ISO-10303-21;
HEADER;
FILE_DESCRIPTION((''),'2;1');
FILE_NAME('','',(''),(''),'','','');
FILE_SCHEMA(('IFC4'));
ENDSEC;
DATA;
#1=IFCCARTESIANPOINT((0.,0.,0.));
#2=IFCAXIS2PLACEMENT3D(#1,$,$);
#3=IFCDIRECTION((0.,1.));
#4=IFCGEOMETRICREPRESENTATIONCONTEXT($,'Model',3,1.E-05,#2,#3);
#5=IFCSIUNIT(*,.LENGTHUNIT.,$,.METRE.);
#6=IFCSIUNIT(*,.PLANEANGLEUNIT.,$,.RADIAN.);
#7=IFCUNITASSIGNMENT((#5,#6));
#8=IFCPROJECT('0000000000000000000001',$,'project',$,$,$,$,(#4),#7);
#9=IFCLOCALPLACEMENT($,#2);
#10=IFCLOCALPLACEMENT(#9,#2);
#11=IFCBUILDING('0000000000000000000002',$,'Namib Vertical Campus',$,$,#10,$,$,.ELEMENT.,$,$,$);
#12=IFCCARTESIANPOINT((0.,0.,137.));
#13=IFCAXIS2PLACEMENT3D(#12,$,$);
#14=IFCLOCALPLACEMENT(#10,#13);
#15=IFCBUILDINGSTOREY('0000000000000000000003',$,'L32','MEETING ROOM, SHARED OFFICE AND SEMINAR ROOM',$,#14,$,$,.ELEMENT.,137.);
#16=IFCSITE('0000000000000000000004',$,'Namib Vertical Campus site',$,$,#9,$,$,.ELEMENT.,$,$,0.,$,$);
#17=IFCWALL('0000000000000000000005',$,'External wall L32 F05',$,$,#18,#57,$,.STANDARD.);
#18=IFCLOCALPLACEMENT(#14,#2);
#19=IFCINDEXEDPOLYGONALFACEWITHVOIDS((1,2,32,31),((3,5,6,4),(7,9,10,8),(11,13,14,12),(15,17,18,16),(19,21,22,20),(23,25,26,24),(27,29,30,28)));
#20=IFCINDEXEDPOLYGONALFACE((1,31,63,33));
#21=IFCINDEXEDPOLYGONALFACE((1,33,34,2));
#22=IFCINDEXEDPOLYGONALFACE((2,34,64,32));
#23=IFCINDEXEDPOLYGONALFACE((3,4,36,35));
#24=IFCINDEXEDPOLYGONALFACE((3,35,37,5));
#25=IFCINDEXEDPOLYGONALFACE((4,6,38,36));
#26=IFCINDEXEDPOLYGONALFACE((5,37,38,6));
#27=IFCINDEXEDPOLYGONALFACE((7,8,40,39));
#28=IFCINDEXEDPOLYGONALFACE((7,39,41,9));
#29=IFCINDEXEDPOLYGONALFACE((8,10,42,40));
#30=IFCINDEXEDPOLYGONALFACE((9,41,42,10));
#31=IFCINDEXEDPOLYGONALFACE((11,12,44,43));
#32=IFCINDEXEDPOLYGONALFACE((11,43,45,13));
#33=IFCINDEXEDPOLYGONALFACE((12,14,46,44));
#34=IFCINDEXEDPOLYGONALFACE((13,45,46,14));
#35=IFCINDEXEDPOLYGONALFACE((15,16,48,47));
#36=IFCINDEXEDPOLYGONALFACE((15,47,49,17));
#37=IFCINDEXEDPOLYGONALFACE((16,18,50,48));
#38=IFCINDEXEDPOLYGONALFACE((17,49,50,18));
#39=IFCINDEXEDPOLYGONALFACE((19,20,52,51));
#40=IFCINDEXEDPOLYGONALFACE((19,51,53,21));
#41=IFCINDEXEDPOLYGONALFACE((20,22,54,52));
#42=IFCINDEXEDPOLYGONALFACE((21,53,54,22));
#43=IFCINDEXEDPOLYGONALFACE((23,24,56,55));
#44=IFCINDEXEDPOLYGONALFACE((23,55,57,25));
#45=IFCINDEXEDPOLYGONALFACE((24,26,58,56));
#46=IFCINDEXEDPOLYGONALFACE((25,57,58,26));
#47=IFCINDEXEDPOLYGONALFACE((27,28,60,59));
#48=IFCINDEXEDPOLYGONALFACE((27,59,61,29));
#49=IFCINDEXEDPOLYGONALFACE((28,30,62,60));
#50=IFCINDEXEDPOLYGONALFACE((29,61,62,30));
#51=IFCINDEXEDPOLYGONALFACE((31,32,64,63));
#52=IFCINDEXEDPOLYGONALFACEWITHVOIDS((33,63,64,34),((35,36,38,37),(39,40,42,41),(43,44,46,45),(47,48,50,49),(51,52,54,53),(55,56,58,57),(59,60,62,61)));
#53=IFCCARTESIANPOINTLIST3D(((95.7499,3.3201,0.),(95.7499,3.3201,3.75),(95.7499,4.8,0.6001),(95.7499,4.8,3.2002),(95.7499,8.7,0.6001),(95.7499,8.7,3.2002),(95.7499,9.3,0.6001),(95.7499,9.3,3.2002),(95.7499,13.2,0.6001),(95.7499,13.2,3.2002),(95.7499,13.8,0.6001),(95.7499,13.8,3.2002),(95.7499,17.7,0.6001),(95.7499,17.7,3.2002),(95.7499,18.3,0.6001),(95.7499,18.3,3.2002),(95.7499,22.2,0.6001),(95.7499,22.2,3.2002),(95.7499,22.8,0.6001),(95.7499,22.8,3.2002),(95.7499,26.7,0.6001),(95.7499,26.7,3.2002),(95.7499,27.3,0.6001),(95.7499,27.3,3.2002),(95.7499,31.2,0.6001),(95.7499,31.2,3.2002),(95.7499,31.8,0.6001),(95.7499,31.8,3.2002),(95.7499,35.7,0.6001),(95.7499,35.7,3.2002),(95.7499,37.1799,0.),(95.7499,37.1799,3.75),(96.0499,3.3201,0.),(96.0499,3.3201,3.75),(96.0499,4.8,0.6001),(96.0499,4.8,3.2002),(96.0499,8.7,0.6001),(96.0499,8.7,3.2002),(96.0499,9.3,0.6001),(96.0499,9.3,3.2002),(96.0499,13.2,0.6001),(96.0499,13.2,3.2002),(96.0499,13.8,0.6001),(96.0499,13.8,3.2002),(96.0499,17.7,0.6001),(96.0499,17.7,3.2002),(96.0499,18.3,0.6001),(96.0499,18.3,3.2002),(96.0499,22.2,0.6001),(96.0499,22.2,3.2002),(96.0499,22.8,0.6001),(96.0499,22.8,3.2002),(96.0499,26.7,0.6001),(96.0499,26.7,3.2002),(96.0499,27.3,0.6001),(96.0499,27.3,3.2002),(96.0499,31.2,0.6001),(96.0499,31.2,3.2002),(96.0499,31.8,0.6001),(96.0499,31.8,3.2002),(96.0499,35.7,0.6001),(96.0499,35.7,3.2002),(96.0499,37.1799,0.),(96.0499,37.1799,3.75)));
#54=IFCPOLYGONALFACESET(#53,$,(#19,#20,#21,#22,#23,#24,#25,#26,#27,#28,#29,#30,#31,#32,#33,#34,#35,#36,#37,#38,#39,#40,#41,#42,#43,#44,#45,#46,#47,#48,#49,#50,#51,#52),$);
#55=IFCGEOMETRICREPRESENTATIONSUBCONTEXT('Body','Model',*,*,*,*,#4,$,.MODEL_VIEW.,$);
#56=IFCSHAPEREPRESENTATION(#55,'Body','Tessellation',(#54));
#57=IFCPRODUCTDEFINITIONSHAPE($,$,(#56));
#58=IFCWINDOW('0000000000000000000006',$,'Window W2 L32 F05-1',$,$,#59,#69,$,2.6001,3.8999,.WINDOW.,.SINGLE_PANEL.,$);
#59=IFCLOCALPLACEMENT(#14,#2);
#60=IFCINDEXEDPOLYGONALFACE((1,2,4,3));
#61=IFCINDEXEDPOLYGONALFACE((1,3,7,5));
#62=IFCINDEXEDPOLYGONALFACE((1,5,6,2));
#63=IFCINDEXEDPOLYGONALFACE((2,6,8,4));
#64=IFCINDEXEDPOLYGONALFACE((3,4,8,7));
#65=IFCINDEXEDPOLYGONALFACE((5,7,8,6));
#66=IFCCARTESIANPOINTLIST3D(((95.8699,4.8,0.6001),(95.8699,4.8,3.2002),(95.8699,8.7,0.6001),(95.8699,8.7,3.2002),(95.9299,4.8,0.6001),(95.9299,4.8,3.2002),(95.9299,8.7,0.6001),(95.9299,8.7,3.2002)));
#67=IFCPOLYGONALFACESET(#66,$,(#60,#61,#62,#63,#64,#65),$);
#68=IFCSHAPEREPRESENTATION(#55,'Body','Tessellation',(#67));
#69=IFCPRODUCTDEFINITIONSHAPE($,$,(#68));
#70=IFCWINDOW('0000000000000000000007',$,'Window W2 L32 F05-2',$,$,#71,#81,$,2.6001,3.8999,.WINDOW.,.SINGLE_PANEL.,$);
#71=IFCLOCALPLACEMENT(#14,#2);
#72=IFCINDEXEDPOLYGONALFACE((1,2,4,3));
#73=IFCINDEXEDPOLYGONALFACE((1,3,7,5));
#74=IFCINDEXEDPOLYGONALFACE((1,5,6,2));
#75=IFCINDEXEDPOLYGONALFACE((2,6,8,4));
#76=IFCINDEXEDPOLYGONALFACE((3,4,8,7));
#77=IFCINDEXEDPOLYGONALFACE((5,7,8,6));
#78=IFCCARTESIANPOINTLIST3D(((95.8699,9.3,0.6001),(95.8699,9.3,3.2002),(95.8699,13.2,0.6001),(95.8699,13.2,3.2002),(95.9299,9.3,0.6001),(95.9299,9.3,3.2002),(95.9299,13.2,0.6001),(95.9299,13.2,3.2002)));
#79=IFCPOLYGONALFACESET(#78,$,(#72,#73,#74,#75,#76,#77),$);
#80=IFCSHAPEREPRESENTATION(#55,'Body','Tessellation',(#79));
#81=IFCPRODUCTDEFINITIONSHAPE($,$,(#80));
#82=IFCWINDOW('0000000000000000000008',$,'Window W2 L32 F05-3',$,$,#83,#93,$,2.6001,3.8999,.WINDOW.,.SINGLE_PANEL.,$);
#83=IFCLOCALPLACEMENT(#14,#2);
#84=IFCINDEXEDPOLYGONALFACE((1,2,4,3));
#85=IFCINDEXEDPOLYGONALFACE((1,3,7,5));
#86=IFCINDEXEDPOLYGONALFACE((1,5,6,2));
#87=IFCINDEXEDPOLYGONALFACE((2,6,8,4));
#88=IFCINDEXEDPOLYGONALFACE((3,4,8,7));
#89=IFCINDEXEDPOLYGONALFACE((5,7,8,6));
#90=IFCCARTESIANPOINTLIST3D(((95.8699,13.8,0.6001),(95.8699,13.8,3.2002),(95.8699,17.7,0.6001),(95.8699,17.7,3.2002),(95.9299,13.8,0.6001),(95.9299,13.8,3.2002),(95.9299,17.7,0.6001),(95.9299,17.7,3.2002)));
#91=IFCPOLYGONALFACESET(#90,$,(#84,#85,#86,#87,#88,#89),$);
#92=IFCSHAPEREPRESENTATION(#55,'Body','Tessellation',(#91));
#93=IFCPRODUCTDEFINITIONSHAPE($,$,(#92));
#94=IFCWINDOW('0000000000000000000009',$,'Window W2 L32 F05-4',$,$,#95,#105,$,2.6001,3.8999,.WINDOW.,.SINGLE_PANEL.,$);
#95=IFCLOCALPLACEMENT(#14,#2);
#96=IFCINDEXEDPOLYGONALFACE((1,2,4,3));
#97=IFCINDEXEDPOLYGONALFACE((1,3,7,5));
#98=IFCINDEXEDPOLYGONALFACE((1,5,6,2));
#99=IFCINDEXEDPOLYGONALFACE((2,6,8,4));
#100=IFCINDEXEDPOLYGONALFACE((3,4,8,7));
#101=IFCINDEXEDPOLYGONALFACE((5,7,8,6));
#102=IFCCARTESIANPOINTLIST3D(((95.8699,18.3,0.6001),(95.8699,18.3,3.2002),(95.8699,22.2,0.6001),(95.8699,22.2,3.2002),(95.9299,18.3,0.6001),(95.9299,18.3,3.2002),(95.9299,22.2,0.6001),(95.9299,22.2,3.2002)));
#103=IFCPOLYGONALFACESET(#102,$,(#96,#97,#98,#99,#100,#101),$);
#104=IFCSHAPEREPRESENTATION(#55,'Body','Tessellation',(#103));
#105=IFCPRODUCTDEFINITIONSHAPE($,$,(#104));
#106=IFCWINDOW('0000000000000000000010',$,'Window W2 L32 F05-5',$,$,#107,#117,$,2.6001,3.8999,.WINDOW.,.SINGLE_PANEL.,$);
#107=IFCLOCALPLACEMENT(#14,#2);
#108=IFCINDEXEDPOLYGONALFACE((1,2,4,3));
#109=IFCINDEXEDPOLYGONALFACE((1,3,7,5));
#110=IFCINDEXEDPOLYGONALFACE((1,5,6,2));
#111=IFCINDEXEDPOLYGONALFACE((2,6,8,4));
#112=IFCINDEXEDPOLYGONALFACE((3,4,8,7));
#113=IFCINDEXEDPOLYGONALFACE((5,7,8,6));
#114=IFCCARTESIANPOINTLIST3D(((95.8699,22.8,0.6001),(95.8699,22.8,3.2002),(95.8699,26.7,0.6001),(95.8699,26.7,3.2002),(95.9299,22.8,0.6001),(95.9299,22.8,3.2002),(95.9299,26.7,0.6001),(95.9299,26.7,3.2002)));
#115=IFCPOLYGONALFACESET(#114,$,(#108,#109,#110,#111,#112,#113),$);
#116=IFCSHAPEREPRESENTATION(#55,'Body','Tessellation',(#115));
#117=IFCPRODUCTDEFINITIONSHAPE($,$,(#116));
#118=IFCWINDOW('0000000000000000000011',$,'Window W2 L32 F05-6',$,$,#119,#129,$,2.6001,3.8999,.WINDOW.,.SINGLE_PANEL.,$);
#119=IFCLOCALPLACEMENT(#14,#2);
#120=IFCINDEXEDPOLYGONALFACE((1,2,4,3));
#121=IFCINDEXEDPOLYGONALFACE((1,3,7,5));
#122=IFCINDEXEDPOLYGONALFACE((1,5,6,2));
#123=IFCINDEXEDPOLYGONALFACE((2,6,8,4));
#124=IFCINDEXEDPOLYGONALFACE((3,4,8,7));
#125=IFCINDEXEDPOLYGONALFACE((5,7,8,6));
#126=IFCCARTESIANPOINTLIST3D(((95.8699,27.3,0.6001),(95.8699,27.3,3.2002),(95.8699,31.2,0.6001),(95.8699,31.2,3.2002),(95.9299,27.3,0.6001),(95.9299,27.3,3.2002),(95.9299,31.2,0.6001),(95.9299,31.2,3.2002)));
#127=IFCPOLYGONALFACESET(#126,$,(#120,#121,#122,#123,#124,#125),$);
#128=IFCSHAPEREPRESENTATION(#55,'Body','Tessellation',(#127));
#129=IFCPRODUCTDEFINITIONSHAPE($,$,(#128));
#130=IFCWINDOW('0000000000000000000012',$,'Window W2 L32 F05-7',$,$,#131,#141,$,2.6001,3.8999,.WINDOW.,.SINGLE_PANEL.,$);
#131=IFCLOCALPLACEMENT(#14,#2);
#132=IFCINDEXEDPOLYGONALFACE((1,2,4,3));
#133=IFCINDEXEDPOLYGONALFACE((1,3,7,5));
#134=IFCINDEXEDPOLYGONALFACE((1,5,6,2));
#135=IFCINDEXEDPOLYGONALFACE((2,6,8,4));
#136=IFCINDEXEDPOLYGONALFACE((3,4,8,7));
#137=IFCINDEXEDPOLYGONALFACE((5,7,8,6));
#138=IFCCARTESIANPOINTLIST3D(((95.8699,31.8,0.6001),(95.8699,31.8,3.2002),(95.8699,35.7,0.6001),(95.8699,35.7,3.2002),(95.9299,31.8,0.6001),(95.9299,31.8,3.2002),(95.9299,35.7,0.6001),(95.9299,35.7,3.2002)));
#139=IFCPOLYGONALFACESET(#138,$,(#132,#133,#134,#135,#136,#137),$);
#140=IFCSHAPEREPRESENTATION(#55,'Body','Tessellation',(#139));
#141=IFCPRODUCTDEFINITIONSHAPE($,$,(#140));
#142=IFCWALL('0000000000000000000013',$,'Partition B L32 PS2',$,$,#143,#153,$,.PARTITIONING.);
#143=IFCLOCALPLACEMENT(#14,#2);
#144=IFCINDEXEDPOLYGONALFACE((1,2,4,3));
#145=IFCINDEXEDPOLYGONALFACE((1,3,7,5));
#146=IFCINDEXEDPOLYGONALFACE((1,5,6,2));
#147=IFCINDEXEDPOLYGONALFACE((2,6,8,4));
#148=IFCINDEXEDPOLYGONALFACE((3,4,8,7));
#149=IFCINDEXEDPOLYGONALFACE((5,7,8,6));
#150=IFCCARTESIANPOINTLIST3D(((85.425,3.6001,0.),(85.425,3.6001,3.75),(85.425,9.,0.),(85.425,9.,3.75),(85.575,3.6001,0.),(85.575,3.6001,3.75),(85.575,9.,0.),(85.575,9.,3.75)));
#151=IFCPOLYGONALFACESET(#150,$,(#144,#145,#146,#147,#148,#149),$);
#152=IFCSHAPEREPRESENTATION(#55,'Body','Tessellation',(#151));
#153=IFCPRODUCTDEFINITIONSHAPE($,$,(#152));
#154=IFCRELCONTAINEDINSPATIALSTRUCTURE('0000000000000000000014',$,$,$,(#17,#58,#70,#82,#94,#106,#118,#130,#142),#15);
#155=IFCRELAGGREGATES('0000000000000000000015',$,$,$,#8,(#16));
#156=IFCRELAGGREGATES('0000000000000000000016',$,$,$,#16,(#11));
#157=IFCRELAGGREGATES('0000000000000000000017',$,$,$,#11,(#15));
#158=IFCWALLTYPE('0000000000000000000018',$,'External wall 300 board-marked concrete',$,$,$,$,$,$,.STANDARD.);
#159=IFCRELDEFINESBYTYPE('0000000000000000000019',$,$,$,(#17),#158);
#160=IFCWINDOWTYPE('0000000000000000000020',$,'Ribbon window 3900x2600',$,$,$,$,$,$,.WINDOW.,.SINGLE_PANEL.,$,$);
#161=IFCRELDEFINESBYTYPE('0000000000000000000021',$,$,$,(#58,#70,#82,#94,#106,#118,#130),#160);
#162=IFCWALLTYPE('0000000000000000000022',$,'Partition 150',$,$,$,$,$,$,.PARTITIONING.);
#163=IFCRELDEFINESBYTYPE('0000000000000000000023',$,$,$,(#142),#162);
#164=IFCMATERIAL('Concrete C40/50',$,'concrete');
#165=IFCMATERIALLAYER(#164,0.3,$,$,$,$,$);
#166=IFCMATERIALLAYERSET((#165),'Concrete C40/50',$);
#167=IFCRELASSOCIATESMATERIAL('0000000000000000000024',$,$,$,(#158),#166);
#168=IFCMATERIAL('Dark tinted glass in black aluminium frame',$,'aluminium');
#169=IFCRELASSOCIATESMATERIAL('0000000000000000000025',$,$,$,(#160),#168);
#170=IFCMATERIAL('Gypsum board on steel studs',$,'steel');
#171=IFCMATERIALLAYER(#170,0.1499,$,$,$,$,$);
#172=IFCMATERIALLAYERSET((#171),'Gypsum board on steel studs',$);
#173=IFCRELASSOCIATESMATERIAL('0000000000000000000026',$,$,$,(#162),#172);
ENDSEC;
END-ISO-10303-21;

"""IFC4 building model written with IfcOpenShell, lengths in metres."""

from ifc_helpers import new_model, si_unit, direction, frame, frame_2d, origin, place, context, subcontext, project, spatial, rectangle, extrude, material, layer, layer_set, type_object, element, fill, save


model = new_model("IFC4")

# Units and contexts
model_context = context("Model", 3, precision=1e-05, world=origin(), true_north=direction((0.0, 1.0)))
body_context = subcontext(model_context, "Body", "Model", "MODEL_VIEW")
ifc_project = project(units=[si_unit("LENGTHUNIT", "METRE"), si_unit("PLANEANGLEUNIT", "RADIAN")], contexts=[model_context])

# Site, building, storey
site_placement = place(None, origin())
site = spatial("IfcSite", under=ifc_project, at=site_placement, Name="Namib Vertical Campus site", CompositionType="ELEMENT", RefElevation=0.0)
building_placement = place(site_placement, origin())
building = spatial("IfcBuilding", under=site, at=building_placement, Name="Namib Vertical Campus", CompositionType="ELEMENT")
storey_placement = place(building_placement, frame((0.0, 0.0, 137.0)))
storey = spatial("IfcBuildingStorey", under=building, at=storey_placement, Name="L32", Description="MEETING ROOM, SHARED OFFICE AND SEMINAR ROOM", CompositionType="ELEMENT", Elevation=137.0)

# Wall, openings, windows
ifc_material_1 = material(Name="Concrete C40/50", Category="concrete")
ifc_layer_1 = layer(ifc_material_1, 0.3)
ifc_layer_set_1 = layer_set([ifc_layer_1], Name="Concrete C40/50")
wall_type_1 = type_object("IfcWallType", Name="External wall 300 board-marked concrete", PredefinedType="STANDARD", material=ifc_layer_set_1)
wall_1_placement = place(storey_placement, frame((95.8999, 3.3201, 0.0), z_axis=(0.0, 0.0, 1.0), x_axis=(0.0, 1.0, 0.0)))
wall_1 = element("IfcWall", 1, at=wall_1_placement, inside=storey, type_object=wall_type_1, Name="External wall L32 F05", PredefinedType="STANDARD", context=body_context, shape_type="SweptSolid", body=[
    extrude(rectangle(XDim=33.8599, YDim=0.3, at=frame_2d((16.9299, 0.0))), origin(), (0.0, 0.0, 1.0), 3.75),
])
opening_1_placement = place(wall_1_placement, frame((1.48, 0.0, 0.6001)))
opening_1 = element("IfcOpeningElement", 2, at=opening_1_placement, cuts=wall_1, PredefinedType="OPENING", context=body_context, shape_type="SweptSolid", body=[
    extrude(rectangle(XDim=3.8999, YDim=2.6001, at=frame_2d((1.95, 1.3))), frame((0.0, 0.1599, 0.0), z_axis=(0.0, -1.0, 0.0), x_axis=(1.0, 0.0, 0.0)), (0.0, 0.0, 1.0), 0.3201),
])
opening_2_placement = place(wall_1_placement, frame((5.98, 0.0, 0.6001)))
opening_2 = element("IfcOpeningElement", 3, at=opening_2_placement, cuts=wall_1, PredefinedType="OPENING", context=body_context, shape_type="SweptSolid", body=[
    extrude(rectangle(XDim=3.8999, YDim=2.6001, at=frame_2d((1.95, 1.3))), frame((0.0, 0.1599, 0.0), z_axis=(0.0, -1.0, 0.0), x_axis=(1.0, 0.0, 0.0)), (0.0, 0.0, 1.0), 0.3201),
])
opening_3_placement = place(wall_1_placement, frame((10.48, 0.0, 0.6001)))
opening_3 = element("IfcOpeningElement", 4, at=opening_3_placement, cuts=wall_1, PredefinedType="OPENING", context=body_context, shape_type="SweptSolid", body=[
    extrude(rectangle(XDim=3.8999, YDim=2.6001, at=frame_2d((1.95, 1.3))), frame((0.0, 0.1599, 0.0), z_axis=(0.0, -1.0, 0.0), x_axis=(1.0, 0.0, 0.0)), (0.0, 0.0, 1.0), 0.3201),
])
opening_4_placement = place(wall_1_placement, frame((14.98, 0.0, 0.6001)))
opening_4 = element("IfcOpeningElement", 5, at=opening_4_placement, cuts=wall_1, PredefinedType="OPENING", context=body_context, shape_type="SweptSolid", body=[
    extrude(rectangle(XDim=3.8999, YDim=2.6001, at=frame_2d((1.95, 1.3))), frame((0.0, 0.1599, 0.0), z_axis=(0.0, -1.0, 0.0), x_axis=(1.0, 0.0, 0.0)), (0.0, 0.0, 1.0), 0.3201),
])
opening_5_placement = place(wall_1_placement, frame((19.48, 0.0, 0.6001)))
opening_5 = element("IfcOpeningElement", 6, at=opening_5_placement, cuts=wall_1, PredefinedType="OPENING", context=body_context, shape_type="SweptSolid", body=[
    extrude(rectangle(XDim=3.8999, YDim=2.6001, at=frame_2d((1.95, 1.3))), frame((0.0, 0.1599, 0.0), z_axis=(0.0, -1.0, 0.0), x_axis=(1.0, 0.0, 0.0)), (0.0, 0.0, 1.0), 0.3201),
])
opening_6_placement = place(wall_1_placement, frame((23.98, 0.0, 0.6001)))
opening_6 = element("IfcOpeningElement", 7, at=opening_6_placement, cuts=wall_1, PredefinedType="OPENING", context=body_context, shape_type="SweptSolid", body=[
    extrude(rectangle(XDim=3.8999, YDim=2.6001, at=frame_2d((1.95, 1.3))), frame((0.0, 0.1599, 0.0), z_axis=(0.0, -1.0, 0.0), x_axis=(1.0, 0.0, 0.0)), (0.0, 0.0, 1.0), 0.3201),
])
opening_7_placement = place(wall_1_placement, frame((28.48, 0.0, 0.6001)))
opening_7 = element("IfcOpeningElement", 8, at=opening_7_placement, cuts=wall_1, PredefinedType="OPENING", context=body_context, shape_type="SweptSolid", body=[
    extrude(rectangle(XDim=3.8999, YDim=2.6001, at=frame_2d((1.95, 1.3))), frame((0.0, 0.1599, 0.0), z_axis=(0.0, -1.0, 0.0), x_axis=(1.0, 0.0, 0.0)), (0.0, 0.0, 1.0), 0.3201),
])
ifc_material_2 = material(Name="Dark tinted glass in black aluminium frame", Category="aluminium")
window_type = type_object("IfcWindowType", Name="Ribbon window 3900x2600", PartitioningType="SINGLE_PANEL", PredefinedType="WINDOW", material=ifc_material_2)
window_1_placement = place(opening_1_placement, origin())
window_1 = element("IfcWindow", 9, at=window_1_placement, inside=storey, type_object=window_type, Name="Window W2 L32 F05-1", OverallHeight=2.6001, OverallWidth=3.8999, PartitioningType="SINGLE_PANEL", PredefinedType="WINDOW", context=body_context, shape_type="SweptSolid", body=[
    extrude(rectangle(XDim=3.8999, YDim=2.6001, at=frame_2d((1.95, 1.3))), frame((0.0, 0.03, 0.0), z_axis=(0.0, -1.0, 0.0), x_axis=(1.0, 0.0, 0.0)), (0.0, 0.0, 1.0), 0.0601),
])
fill(opening_1, window_1)
window_2_placement = place(opening_2_placement, origin())
window_2 = element("IfcWindow", 10, at=window_2_placement, inside=storey, type_object=window_type, Name="Window W2 L32 F05-2", OverallHeight=2.6001, OverallWidth=3.8999, PartitioningType="SINGLE_PANEL", PredefinedType="WINDOW", context=body_context, shape_type="SweptSolid", body=[
    extrude(rectangle(XDim=3.8999, YDim=2.6001, at=frame_2d((1.95, 1.3))), frame((0.0, 0.03, 0.0), z_axis=(0.0, -1.0, 0.0), x_axis=(1.0, 0.0, 0.0)), (0.0, 0.0, 1.0), 0.0601),
])
fill(opening_2, window_2)
window_3_placement = place(opening_3_placement, origin())
window_3 = element("IfcWindow", 11, at=window_3_placement, inside=storey, type_object=window_type, Name="Window W2 L32 F05-3", OverallHeight=2.6001, OverallWidth=3.8999, PartitioningType="SINGLE_PANEL", PredefinedType="WINDOW", context=body_context, shape_type="SweptSolid", body=[
    extrude(rectangle(XDim=3.8999, YDim=2.6001, at=frame_2d((1.95, 1.3))), frame((0.0, 0.03, 0.0), z_axis=(0.0, -1.0, 0.0), x_axis=(1.0, 0.0, 0.0)), (0.0, 0.0, 1.0), 0.0601),
])
fill(opening_3, window_3)
window_4_placement = place(opening_4_placement, origin())
window_4 = element("IfcWindow", 12, at=window_4_placement, inside=storey, type_object=window_type, Name="Window W2 L32 F05-4", OverallHeight=2.6001, OverallWidth=3.8999, PartitioningType="SINGLE_PANEL", PredefinedType="WINDOW", context=body_context, shape_type="SweptSolid", body=[
    extrude(rectangle(XDim=3.8999, YDim=2.6001, at=frame_2d((1.95, 1.3))), frame((0.0, 0.03, 0.0), z_axis=(0.0, -1.0, 0.0), x_axis=(1.0, 0.0, 0.0)), (0.0, 0.0, 1.0), 0.0601),
])
fill(opening_4, window_4)
window_5_placement = place(opening_5_placement, origin())
window_5 = element("IfcWindow", 13, at=window_5_placement, inside=storey, type_object=window_type, Name="Window W2 L32 F05-5", OverallHeight=2.6001, OverallWidth=3.8999, PartitioningType="SINGLE_PANEL", PredefinedType="WINDOW", context=body_context, shape_type="SweptSolid", body=[
    extrude(rectangle(XDim=3.8999, YDim=2.6001, at=frame_2d((1.95, 1.3))), frame((0.0, 0.03, 0.0), z_axis=(0.0, -1.0, 0.0), x_axis=(1.0, 0.0, 0.0)), (0.0, 0.0, 1.0), 0.0601),
])
fill(opening_5, window_5)
window_6_placement = place(opening_6_placement, origin())
window_6 = element("IfcWindow", 14, at=window_6_placement, inside=storey, type_object=window_type, Name="Window W2 L32 F05-6", OverallHeight=2.6001, OverallWidth=3.8999, PartitioningType="SINGLE_PANEL", PredefinedType="WINDOW", context=body_context, shape_type="SweptSolid", body=[
    extrude(rectangle(XDim=3.8999, YDim=2.6001, at=frame_2d((1.95, 1.3))), frame((0.0, 0.03, 0.0), z_axis=(0.0, -1.0, 0.0), x_axis=(1.0, 0.0, 0.0)), (0.0, 0.0, 1.0), 0.0601),
])
fill(opening_6, window_6)
window_7_placement = place(opening_7_placement, origin())
window_7 = element("IfcWindow", 15, at=window_7_placement, inside=storey, type_object=window_type, Name="Window W2 L32 F05-7", OverallHeight=2.6001, OverallWidth=3.8999, PartitioningType="SINGLE_PANEL", PredefinedType="WINDOW", context=body_context, shape_type="SweptSolid", body=[
    extrude(rectangle(XDim=3.8999, YDim=2.6001, at=frame_2d((1.95, 1.3))), frame((0.0, 0.03, 0.0), z_axis=(0.0, -1.0, 0.0), x_axis=(1.0, 0.0, 0.0)), (0.0, 0.0, 1.0), 0.0601),
])
fill(opening_7, window_7)

# Wall
ifc_material_3 = material(Name="Gypsum board on steel studs", Category="steel")
ifc_layer_2 = layer(ifc_material_3, 0.1499)
ifc_layer_set_2 = layer_set([ifc_layer_2], Name="Gypsum board on steel studs")
wall_type_2 = type_object("IfcWallType", Name="Partition 150", PredefinedType="PARTITIONING", material=ifc_layer_set_2)
wall_2_placement = place(storey_placement, frame((85.5, 3.6001, 0.0), z_axis=(0.0, 0.0, 1.0), x_axis=(0.0, 1.0, 0.0)))
element("IfcWall", 16, at=wall_2_placement, inside=storey, type_object=wall_type_2, Name="Partition B L32 PS2", PredefinedType="PARTITIONING", context=body_context, shape_type="SweptSolid", body=[
    extrude(rectangle(XDim=5.3999, YDim=0.1499, at=frame_2d((2.7, 0.0))), origin(), (0.0, 0.0, 1.0), 3.75),
])

save(model, "model.ifc")
